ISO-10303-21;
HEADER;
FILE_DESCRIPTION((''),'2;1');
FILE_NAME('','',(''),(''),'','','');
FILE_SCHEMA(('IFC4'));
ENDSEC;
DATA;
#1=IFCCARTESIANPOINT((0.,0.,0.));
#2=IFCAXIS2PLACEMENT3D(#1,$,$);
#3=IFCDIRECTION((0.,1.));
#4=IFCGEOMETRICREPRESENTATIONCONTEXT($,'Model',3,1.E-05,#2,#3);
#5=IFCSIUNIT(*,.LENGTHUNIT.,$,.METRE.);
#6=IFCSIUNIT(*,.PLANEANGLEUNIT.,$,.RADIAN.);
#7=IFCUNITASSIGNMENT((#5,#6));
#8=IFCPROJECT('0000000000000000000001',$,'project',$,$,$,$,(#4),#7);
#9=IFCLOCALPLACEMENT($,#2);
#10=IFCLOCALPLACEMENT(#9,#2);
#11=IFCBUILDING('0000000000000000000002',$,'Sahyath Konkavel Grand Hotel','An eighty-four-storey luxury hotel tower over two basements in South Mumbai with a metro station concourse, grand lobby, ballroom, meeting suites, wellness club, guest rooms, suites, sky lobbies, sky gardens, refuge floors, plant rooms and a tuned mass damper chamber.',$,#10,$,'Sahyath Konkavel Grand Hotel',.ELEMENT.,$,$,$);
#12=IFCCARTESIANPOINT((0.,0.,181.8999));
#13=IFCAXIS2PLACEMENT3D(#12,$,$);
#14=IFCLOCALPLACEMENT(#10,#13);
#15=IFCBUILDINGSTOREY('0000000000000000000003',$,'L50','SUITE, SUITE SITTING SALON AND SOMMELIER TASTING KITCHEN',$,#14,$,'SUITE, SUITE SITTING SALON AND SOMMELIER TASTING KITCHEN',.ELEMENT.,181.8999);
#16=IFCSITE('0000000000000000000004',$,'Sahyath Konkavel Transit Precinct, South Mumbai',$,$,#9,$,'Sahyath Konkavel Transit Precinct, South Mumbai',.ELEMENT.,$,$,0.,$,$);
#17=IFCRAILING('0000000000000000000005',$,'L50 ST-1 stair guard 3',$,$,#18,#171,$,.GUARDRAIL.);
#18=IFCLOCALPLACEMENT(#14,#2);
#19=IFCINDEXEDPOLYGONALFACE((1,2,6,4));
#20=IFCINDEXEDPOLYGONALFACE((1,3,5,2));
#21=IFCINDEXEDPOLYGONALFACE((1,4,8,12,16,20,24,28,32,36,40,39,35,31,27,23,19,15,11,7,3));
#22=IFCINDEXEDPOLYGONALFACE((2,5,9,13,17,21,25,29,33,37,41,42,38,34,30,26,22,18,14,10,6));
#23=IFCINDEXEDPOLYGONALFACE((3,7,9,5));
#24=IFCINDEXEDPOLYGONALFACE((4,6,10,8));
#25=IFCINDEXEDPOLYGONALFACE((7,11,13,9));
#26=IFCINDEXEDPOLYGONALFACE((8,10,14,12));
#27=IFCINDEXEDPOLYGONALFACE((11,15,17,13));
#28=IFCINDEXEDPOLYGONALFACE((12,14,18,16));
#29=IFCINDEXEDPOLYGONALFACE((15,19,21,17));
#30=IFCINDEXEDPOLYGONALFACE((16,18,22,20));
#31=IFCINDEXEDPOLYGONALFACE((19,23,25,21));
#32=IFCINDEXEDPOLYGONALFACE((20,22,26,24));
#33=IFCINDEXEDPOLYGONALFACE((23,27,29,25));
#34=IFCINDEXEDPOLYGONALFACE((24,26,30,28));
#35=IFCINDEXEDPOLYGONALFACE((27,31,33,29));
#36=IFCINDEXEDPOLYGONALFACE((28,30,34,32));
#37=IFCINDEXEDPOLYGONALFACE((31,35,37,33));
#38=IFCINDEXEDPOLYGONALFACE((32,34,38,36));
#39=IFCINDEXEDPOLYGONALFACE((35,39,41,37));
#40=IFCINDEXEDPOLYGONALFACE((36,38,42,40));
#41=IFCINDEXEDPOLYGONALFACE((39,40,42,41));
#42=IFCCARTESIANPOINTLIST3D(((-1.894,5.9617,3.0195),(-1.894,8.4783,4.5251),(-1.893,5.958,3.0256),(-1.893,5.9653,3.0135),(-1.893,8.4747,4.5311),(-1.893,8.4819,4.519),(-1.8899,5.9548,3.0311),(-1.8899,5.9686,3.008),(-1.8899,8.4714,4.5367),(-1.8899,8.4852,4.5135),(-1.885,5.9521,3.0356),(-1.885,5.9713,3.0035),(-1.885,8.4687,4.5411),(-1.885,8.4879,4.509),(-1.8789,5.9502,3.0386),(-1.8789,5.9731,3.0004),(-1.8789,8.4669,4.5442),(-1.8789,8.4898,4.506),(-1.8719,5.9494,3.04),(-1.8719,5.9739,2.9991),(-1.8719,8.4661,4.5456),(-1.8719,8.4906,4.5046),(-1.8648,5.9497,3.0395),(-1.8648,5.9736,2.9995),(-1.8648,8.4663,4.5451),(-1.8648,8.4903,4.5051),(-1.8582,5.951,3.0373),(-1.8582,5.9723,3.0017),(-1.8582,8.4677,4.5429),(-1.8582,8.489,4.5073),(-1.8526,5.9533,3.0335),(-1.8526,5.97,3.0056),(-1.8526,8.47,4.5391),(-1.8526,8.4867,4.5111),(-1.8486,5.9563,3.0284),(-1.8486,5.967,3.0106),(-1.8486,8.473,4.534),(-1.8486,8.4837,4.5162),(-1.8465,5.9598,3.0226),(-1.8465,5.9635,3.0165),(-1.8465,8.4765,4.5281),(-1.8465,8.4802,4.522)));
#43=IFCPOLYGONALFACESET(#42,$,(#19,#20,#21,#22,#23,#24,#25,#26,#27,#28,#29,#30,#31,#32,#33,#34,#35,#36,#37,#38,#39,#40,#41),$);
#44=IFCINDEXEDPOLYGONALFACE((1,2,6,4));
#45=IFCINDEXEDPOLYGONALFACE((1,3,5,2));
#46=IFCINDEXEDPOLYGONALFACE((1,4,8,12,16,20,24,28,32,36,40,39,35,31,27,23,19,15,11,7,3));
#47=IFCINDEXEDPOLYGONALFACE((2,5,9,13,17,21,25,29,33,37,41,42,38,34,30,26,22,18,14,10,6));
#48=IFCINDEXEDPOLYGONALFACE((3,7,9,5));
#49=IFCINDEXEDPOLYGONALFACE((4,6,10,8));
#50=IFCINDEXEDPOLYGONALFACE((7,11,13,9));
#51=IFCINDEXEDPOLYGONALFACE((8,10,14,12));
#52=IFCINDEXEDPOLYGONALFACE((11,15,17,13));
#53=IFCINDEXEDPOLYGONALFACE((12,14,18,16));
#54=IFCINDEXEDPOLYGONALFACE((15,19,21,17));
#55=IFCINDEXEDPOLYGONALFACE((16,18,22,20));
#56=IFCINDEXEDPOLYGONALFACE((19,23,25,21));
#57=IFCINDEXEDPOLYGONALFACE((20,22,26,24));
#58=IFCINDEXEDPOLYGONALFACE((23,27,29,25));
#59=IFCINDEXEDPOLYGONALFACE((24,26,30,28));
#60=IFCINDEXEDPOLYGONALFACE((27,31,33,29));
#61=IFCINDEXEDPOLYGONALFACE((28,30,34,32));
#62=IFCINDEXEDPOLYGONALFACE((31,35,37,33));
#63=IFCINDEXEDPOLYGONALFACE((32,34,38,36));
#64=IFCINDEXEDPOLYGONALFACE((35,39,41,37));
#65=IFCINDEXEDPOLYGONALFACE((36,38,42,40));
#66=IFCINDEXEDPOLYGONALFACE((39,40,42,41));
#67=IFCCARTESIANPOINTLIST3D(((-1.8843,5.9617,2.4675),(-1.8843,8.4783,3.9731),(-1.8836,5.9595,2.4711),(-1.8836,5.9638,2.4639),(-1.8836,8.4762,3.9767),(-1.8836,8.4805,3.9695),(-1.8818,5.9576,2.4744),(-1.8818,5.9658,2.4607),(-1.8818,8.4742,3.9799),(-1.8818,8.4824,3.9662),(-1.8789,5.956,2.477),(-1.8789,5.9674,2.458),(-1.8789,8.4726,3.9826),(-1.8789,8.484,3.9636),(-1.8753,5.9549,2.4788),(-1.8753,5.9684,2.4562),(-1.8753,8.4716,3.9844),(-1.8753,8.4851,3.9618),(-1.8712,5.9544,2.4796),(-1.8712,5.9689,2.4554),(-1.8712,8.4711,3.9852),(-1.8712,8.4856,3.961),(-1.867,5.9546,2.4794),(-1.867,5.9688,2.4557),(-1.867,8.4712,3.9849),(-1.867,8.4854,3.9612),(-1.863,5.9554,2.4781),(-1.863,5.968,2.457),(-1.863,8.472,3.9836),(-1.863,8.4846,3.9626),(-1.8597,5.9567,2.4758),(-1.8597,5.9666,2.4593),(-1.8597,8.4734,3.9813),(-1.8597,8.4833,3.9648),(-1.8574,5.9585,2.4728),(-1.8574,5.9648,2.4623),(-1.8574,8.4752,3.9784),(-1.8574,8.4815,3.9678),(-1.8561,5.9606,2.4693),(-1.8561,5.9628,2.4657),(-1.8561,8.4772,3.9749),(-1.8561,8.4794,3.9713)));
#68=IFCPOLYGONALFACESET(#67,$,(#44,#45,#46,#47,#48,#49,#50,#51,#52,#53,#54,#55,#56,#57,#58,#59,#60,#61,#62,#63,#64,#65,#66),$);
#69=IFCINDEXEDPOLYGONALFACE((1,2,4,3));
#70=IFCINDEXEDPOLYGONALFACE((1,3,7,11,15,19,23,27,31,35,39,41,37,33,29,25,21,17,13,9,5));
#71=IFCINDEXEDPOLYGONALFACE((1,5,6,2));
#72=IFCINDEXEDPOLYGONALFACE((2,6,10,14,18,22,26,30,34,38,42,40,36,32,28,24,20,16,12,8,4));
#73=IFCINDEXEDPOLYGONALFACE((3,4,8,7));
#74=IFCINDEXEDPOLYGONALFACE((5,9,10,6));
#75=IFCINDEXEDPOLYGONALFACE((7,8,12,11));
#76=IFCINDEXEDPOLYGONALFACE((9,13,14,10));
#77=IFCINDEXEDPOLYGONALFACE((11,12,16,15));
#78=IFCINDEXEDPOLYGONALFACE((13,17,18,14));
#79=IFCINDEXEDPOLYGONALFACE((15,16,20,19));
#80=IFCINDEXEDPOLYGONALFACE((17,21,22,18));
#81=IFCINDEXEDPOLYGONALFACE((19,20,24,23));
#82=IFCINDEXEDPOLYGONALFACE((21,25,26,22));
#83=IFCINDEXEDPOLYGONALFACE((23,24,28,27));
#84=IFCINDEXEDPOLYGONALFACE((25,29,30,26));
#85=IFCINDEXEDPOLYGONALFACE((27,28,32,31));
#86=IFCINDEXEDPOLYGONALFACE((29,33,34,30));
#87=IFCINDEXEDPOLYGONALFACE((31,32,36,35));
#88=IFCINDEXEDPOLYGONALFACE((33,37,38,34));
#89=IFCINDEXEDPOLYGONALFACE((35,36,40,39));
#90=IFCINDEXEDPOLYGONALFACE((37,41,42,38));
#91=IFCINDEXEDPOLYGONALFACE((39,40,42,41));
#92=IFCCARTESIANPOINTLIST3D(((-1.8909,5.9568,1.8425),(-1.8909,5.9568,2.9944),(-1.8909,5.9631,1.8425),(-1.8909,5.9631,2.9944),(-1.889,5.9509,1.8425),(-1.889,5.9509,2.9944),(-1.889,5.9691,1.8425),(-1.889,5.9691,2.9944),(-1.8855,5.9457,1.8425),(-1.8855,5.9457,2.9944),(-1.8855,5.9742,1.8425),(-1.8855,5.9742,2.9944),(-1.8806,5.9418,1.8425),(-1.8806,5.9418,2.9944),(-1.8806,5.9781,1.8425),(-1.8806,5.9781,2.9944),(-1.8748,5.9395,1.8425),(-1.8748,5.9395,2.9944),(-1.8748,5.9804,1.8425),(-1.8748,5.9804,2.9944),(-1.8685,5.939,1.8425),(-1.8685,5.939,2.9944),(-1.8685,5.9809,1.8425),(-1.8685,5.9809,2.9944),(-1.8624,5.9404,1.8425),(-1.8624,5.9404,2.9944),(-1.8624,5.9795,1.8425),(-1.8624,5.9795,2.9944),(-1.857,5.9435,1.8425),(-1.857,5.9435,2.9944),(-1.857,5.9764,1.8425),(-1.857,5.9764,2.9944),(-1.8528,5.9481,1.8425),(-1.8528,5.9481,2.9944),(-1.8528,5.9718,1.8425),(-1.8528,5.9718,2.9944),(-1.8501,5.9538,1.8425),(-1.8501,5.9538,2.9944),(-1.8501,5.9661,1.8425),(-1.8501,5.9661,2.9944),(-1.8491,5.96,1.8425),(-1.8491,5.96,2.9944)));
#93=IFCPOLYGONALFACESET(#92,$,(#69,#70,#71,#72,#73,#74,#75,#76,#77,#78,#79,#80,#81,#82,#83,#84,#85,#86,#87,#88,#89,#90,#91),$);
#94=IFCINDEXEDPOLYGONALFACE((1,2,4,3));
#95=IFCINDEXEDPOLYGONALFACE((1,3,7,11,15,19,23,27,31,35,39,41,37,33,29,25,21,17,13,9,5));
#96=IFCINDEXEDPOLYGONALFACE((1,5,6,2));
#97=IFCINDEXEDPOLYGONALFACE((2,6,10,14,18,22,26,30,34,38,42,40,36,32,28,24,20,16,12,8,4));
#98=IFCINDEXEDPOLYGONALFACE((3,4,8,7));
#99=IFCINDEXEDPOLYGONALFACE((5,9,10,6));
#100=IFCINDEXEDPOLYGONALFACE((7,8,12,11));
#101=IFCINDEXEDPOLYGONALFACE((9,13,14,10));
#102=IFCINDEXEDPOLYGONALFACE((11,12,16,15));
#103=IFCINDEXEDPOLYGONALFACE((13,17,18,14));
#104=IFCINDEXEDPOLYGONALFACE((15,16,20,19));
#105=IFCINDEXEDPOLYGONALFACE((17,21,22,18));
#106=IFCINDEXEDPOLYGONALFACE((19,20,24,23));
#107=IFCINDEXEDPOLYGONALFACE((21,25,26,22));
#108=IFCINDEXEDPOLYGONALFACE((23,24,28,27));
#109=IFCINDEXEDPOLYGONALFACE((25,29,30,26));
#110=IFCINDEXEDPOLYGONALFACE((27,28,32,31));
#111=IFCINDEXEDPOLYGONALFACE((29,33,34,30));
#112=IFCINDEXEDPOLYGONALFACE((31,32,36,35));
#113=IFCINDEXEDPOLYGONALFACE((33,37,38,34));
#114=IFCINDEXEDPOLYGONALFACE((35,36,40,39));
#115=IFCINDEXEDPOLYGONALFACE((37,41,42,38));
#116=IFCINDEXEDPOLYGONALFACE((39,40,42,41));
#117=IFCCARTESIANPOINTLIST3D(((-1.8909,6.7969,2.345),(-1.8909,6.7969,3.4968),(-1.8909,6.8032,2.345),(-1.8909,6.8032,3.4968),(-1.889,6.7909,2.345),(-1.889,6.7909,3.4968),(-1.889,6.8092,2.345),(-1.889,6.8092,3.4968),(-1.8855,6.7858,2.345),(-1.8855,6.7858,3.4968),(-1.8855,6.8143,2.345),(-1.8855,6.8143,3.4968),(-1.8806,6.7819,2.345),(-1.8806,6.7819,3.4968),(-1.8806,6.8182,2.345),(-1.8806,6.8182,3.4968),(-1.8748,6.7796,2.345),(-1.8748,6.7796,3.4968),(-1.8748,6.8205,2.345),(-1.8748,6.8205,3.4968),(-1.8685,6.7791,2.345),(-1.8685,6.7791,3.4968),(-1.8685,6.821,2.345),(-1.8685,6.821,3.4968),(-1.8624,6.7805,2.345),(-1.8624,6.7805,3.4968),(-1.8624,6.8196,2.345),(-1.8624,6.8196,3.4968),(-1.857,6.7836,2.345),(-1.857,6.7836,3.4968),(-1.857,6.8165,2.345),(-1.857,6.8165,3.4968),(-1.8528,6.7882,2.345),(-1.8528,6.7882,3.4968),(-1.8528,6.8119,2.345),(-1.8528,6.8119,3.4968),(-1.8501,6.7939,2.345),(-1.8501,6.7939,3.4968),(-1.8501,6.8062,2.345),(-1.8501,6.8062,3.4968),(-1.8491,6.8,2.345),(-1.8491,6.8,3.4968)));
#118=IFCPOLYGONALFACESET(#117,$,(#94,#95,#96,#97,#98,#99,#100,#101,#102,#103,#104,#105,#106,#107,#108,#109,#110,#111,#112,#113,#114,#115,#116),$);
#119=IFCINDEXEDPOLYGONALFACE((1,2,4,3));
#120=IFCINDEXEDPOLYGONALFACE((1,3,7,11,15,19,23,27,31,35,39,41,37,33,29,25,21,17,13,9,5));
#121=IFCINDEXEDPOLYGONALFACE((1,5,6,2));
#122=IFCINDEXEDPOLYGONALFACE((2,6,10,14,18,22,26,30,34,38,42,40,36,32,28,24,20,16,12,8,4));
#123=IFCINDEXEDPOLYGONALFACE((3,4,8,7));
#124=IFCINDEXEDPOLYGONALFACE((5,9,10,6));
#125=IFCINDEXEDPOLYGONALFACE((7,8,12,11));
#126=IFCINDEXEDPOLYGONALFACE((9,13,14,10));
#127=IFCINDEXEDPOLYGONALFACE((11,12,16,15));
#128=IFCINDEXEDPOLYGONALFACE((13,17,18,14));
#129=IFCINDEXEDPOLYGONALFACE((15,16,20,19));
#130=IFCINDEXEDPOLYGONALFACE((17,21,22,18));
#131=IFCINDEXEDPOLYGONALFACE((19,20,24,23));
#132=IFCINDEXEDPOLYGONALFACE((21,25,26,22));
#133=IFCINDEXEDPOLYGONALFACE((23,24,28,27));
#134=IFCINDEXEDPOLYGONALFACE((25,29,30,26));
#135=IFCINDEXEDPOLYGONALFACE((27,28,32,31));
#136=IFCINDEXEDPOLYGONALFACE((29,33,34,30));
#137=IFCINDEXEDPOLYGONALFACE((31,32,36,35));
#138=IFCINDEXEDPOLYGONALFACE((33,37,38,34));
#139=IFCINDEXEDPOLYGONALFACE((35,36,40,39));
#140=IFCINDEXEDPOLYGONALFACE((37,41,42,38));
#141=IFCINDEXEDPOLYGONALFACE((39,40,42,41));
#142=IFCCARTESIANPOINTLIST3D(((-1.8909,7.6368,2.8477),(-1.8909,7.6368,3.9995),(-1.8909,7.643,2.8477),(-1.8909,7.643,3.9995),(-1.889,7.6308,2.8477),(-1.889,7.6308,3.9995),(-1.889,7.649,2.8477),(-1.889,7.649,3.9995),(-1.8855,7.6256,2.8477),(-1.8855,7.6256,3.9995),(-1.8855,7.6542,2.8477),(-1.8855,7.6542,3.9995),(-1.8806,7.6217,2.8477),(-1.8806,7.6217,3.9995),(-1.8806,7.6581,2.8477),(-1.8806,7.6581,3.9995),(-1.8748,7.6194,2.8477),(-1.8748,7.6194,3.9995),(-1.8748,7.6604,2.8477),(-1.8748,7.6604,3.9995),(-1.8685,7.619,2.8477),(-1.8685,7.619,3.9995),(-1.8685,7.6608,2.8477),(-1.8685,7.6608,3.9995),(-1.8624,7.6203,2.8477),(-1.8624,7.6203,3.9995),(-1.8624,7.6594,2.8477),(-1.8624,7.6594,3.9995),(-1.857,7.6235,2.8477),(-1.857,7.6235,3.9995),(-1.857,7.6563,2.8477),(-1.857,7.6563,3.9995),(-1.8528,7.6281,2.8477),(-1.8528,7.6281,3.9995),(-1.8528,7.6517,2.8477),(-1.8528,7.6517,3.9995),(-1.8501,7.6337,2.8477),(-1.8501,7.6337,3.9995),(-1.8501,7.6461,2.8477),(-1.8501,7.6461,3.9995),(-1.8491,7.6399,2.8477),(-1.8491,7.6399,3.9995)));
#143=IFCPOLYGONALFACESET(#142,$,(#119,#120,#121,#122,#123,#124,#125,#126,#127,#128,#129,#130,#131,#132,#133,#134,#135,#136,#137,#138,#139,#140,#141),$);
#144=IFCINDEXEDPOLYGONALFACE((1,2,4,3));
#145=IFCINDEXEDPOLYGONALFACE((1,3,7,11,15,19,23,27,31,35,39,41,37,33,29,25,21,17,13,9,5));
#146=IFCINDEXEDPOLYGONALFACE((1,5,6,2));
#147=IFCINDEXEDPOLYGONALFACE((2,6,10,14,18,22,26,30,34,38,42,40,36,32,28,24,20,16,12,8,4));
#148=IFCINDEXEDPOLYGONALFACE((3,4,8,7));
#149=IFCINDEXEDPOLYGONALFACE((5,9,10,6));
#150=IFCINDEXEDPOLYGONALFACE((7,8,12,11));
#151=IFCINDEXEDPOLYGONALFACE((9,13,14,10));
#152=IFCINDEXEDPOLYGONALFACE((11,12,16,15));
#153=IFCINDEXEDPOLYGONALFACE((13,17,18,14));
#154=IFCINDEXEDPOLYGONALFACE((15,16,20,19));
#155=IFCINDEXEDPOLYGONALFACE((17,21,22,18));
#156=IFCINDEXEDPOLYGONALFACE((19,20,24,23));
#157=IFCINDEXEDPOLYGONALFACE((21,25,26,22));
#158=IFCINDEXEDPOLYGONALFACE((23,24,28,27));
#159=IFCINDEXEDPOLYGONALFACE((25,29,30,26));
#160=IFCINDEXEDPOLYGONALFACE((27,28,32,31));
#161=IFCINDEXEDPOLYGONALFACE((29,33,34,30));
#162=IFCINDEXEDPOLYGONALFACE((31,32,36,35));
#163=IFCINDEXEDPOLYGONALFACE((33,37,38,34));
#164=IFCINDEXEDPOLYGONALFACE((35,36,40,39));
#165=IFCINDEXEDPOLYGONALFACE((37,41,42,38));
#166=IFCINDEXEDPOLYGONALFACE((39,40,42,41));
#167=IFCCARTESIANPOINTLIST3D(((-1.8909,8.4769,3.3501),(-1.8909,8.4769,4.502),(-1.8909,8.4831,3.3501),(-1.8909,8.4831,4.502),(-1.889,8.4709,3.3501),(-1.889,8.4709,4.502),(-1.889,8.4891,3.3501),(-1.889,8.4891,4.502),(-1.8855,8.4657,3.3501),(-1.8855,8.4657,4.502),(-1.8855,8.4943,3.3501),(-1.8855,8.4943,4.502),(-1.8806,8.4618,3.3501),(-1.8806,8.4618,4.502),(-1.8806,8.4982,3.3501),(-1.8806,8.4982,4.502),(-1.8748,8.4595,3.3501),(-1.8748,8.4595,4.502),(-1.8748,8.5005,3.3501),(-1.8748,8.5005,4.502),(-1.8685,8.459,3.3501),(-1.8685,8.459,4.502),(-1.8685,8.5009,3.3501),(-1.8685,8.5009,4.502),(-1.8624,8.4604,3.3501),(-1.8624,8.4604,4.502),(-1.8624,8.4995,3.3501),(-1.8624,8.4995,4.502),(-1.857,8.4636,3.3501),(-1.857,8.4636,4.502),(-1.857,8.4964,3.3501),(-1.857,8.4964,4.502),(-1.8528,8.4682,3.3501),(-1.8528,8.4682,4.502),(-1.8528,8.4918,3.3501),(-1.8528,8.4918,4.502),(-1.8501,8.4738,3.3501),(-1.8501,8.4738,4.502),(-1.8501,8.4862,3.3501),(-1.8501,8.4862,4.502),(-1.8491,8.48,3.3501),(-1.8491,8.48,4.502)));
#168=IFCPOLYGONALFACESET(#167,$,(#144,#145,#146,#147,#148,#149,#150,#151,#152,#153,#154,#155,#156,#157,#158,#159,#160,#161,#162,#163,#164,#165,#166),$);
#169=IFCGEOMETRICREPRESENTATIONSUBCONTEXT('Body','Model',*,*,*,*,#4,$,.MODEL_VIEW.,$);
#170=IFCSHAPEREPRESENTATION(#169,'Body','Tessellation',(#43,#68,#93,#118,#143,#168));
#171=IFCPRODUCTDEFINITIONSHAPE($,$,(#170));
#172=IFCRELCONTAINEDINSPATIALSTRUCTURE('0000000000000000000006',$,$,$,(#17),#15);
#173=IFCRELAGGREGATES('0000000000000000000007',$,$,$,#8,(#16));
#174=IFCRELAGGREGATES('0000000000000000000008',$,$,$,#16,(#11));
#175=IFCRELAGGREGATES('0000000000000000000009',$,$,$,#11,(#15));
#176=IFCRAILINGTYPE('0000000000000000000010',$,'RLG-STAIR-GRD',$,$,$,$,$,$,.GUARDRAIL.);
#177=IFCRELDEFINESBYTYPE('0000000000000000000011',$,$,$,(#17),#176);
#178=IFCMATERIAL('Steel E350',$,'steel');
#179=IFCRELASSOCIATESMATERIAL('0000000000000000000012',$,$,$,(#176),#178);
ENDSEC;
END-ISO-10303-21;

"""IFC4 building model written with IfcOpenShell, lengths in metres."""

from ifc_helpers import new_model, si_unit, direction, frame, origin, origin_2d, place, context, subcontext, project, spatial, circle, extrude, material, type_object, element, save


model = new_model("IFC4")

# Units and contexts
model_context = context("Model", 3, precision=1e-05, world=origin(), true_north=direction((0.0, 1.0)))
body_context = subcontext(model_context, "Body", "Model", "MODEL_VIEW")
ifc_project = project(units=[si_unit("LENGTHUNIT", "METRE"), si_unit("PLANEANGLEUNIT", "RADIAN")], contexts=[model_context])

# Site, building, storey
site_placement = place(None, origin())
site = spatial("IfcSite", under=ifc_project, at=site_placement, Name="Sahyath Konkavel Transit Precinct, South Mumbai", LongName="Sahyath Konkavel Transit Precinct, South Mumbai", CompositionType="ELEMENT", RefElevation=0.0)
building_placement = place(site_placement, origin())
building = spatial("IfcBuilding", under=site, at=building_placement, Name="Sahyath Konkavel Grand Hotel", Description="An eighty-four-storey luxury hotel tower over two basements in South Mumbai with a metro station concourse, grand lobby, ballroom, meeting suites, wellness club, guest rooms, suites, sky lobbies, sky gardens, refuge floors, plant rooms and a tuned mass damper chamber.", LongName="Sahyath Konkavel Grand Hotel", CompositionType="ELEMENT")
storey_placement = place(building_placement, frame((0.0, 0.0, 181.8999)))
storey = spatial("IfcBuildingStorey", under=building, at=storey_placement, Name="L50", Description="SUITE, SUITE SITTING SALON AND SOMMELIER TASTING KITCHEN", LongName="SUITE, SUITE SITTING SALON AND SOMMELIER TASTING KITCHEN", CompositionType="ELEMENT", Elevation=181.8999)

# Shared definitions
ifc_material_1 = material(Name="Steel E350", Category="steel")

# Railing
railing_type_1 = type_object("IfcRailingType", Name="RLG-STAIR-GRD", PredefinedType="GUARDRAIL", material=ifc_material_1)
railing_1_placement = place(storey_placement, frame((-1.8701, 5.96, 1.8425)))
element("IfcRailing", 1, at=railing_1_placement, inside=storey, type_object=railing_type_1, Name="L50 ST-1 stair guard 3", PredefinedType="GUARDRAIL", context=body_context, shape_type="SweptSolid", body=[
    extrude(circle(Radius=0.0239, at=origin_2d()), frame((0.0, 0.0017, 1.177), z_axis=(0.0, 0.85816, 0.513383), x_axis=(-1.0, 0.0, 0.0)), (0.0, 0.0, 1.0), 2.9326),
    extrude(circle(Radius=0.0142, at=origin_2d()), frame((0.0, 0.0017, 0.625), z_axis=(0.0, 0.85816, 0.513383), x_axis=(-1.0, 0.0, 0.0)), (0.0, 0.0, 1.0), 2.9326),
    extrude(circle(Radius=0.021, at=origin_2d()), origin(), (0.0, 0.0, 1.0), 1.1519),
    extrude(circle(Radius=0.021, at=origin_2d()), frame((0.0, 0.8401, 0.5024)), (0.0, 0.0, 1.0), 1.1519),
    extrude(circle(Radius=0.021, at=origin_2d()), frame((0.0, 1.6799, 1.0051)), (0.0, 0.0, 1.0), 1.1519),
    extrude(circle(Radius=0.021, at=origin_2d()), frame((0.0, 2.52, 1.5076)), (0.0, 0.0, 1.0), 1.1519),
])

save(model, "model.ifc")
